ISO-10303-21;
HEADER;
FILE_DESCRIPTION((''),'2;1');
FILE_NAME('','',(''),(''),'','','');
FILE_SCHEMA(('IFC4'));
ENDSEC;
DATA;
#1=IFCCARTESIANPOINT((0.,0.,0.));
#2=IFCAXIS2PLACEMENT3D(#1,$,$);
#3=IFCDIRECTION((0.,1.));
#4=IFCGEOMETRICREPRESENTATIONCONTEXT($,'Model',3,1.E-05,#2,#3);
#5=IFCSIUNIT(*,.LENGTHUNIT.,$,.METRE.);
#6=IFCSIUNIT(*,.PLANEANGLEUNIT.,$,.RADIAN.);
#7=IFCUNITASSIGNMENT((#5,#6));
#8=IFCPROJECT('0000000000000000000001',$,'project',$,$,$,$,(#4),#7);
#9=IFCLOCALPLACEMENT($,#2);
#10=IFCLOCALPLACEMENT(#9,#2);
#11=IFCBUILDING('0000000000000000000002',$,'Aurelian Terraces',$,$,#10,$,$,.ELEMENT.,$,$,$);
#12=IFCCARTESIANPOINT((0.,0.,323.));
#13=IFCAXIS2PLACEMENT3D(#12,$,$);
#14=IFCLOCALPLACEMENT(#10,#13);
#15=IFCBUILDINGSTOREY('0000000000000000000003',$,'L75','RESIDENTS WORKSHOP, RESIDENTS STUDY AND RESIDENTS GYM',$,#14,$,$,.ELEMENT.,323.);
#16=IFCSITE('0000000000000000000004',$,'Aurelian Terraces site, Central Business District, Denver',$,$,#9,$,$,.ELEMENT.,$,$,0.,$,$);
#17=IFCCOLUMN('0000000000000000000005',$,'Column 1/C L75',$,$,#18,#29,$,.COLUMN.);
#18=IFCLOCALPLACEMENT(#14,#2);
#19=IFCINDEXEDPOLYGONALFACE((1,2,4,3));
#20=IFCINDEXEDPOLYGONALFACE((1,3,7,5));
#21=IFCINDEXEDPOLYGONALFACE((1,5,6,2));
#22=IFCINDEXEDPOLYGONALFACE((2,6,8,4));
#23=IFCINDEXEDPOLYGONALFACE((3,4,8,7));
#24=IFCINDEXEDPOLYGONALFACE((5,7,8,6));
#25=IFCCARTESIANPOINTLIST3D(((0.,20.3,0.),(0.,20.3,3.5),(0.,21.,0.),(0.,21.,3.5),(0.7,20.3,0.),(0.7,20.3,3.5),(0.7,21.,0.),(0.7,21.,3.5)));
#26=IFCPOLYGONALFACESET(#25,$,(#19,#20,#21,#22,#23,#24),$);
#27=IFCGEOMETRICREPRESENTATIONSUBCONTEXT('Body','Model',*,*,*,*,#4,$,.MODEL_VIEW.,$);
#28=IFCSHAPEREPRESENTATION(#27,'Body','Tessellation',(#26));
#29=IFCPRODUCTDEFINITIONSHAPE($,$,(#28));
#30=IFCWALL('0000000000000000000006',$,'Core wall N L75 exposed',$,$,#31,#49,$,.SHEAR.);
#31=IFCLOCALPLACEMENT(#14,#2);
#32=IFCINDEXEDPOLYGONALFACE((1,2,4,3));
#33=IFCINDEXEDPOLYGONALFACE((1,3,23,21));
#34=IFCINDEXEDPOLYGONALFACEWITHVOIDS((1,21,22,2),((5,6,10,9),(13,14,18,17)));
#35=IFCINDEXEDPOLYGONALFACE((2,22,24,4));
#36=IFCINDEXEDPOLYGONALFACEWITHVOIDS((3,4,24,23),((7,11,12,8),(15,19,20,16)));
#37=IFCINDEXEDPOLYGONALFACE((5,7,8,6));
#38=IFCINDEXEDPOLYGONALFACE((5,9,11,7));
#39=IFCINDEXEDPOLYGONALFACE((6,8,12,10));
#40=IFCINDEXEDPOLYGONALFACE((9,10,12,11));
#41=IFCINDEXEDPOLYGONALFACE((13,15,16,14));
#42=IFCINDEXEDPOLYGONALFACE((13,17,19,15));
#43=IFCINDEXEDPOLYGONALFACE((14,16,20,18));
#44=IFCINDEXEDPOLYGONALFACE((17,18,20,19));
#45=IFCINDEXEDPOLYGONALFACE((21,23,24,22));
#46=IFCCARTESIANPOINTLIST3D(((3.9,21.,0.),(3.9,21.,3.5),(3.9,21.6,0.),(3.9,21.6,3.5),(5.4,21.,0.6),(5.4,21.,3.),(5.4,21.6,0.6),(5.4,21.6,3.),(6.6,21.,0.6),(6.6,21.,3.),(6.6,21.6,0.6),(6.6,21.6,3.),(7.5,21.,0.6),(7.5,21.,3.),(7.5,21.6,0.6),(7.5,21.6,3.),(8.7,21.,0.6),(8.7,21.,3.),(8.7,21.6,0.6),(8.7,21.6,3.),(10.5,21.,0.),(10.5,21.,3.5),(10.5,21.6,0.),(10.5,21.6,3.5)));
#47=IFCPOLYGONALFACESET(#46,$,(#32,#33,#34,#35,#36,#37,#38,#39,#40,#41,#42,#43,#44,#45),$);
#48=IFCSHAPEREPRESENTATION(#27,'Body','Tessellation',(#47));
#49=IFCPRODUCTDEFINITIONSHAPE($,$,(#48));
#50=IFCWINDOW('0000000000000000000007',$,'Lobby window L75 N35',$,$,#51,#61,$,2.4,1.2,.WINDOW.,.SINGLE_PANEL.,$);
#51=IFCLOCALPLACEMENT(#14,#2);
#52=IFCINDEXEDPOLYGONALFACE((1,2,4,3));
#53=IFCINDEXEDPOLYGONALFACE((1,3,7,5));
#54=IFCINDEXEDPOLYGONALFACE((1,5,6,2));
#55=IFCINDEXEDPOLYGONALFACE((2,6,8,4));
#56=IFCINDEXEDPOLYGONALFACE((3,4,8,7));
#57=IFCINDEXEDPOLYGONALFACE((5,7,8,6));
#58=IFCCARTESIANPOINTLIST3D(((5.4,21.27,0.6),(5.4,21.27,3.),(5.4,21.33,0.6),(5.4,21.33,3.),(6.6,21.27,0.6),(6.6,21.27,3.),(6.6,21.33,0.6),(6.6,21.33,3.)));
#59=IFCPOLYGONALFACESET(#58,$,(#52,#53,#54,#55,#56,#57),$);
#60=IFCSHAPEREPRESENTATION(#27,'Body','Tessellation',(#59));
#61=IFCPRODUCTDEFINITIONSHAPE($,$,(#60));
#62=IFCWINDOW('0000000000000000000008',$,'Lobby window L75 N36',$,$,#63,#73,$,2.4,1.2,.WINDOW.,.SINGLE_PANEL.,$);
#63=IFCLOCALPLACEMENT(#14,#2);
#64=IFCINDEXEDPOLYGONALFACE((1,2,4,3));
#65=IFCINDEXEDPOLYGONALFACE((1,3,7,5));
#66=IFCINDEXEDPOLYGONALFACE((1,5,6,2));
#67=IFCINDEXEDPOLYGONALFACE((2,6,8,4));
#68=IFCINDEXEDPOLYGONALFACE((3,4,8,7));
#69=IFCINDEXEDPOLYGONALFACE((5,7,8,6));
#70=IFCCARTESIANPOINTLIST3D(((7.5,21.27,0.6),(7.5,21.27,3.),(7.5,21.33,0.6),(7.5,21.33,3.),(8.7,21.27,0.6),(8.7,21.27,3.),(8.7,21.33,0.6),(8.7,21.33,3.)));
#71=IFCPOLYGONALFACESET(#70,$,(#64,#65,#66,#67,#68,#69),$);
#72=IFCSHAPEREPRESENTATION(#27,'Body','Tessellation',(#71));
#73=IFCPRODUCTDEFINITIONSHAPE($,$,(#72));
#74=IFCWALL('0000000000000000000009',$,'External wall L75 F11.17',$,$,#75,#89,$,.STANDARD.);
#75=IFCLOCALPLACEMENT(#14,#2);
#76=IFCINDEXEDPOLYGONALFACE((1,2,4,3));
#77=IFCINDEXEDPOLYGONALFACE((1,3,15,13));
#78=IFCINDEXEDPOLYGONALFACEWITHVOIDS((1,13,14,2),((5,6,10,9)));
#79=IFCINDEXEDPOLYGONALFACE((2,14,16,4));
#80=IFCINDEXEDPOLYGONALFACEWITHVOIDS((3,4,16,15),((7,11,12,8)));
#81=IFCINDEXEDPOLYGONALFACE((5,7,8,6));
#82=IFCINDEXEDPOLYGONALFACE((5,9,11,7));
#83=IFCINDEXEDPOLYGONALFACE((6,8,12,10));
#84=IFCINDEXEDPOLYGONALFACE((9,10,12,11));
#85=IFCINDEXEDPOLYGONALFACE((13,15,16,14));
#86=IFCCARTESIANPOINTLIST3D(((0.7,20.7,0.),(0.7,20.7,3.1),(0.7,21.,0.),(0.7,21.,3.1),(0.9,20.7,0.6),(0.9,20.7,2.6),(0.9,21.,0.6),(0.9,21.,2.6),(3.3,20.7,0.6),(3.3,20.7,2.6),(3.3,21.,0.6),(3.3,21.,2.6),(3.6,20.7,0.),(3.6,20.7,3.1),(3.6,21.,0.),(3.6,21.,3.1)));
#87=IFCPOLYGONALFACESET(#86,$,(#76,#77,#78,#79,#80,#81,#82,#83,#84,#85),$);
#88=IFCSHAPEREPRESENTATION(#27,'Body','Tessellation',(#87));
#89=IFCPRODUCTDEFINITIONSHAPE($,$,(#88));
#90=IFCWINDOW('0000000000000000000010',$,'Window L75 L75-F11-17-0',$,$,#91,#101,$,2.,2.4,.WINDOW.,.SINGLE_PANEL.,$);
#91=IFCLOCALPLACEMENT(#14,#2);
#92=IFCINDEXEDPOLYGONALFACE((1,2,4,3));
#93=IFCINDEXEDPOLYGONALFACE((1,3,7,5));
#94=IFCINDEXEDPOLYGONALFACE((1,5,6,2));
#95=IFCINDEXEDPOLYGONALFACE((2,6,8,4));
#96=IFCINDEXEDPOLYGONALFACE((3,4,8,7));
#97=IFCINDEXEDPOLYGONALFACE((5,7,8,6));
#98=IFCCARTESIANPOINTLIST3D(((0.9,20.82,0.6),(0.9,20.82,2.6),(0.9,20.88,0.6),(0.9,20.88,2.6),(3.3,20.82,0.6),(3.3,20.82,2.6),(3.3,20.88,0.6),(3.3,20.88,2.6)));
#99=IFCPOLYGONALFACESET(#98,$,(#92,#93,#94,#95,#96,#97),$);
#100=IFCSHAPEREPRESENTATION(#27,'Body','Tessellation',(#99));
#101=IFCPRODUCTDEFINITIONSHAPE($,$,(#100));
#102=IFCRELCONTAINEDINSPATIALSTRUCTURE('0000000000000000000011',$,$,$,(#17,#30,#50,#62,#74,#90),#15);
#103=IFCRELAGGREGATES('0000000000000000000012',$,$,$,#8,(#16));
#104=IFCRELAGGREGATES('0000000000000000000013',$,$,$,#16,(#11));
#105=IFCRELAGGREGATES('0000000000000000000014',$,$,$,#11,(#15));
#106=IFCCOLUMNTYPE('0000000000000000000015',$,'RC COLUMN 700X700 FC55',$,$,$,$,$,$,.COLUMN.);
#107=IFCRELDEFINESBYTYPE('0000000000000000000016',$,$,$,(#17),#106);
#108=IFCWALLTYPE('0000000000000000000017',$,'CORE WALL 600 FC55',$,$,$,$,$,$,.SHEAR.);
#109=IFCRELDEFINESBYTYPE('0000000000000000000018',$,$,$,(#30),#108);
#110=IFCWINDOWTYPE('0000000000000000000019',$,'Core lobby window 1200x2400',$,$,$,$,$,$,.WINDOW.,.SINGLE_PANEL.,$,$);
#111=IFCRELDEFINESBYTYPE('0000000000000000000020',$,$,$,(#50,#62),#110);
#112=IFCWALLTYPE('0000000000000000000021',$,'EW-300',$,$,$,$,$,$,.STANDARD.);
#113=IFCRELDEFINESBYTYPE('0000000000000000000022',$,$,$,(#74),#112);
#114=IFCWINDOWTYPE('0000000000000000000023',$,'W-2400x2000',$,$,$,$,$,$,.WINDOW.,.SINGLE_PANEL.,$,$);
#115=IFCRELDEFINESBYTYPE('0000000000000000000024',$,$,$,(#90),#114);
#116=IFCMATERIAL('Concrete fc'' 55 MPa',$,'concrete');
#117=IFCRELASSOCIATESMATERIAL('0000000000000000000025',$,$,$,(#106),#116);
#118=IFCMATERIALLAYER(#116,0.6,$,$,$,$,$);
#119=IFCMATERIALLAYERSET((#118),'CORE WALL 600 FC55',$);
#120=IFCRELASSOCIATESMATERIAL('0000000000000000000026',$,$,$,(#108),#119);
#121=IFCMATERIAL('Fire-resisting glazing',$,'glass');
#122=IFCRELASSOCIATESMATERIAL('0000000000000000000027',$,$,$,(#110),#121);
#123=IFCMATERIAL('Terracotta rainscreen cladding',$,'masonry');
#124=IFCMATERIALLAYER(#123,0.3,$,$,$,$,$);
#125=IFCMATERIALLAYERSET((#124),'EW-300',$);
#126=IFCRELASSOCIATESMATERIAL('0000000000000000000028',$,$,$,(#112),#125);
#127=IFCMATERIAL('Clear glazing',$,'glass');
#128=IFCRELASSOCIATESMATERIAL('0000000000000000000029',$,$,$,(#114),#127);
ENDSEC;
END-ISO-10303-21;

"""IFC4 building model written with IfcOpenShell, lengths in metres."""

from ifc_helpers import new_model, si_unit, direction, frame, frame_2d, origin, origin_2d, place, context, subcontext, project, spatial, rectangle, extrude, source, transform, mapped, material, layer, layer_set, material_profile, profile_set, type_object, element, fill, save


model = new_model("IFC4")

# Units and contexts
model_context = context("Model", 3, precision=1e-05, world=origin(), true_north=direction((0.0, 1.0)))
body_context = subcontext(model_context, "Body", "Model", "MODEL_VIEW")
ifc_project = project(units=[si_unit("LENGTHUNIT", "METRE"), si_unit("PLANEANGLEUNIT", "RADIAN")], contexts=[model_context])

# Site, building, storey
site_placement = place(None, origin())
site = spatial("IfcSite", under=ifc_project, at=site_placement, Name="Aurelian Terraces site, Central Business District, Denver", CompositionType="ELEMENT", RefElevation=0.0)
building_placement = place(site_placement, origin())
building = spatial("IfcBuilding", under=site, at=building_placement, Name="Aurelian Terraces", CompositionType="ELEMENT")
storey_placement = place(building_placement, frame((0.0, 0.0, 323.0)))
storey = spatial("IfcBuildingStorey", under=building, at=storey_placement, Name="L75", Description="RESIDENTS WORKSHOP, RESIDENTS STUDY AND RESIDENTS GYM", CompositionType="ELEMENT", Elevation=323.0)

# Column
ifc_material_1 = material(Name="Concrete fc' 55 MPa", Category="concrete")
ifc_material_profile = material_profile(ifc_material_1, rectangle(XDim=0.7, YDim=0.7, at=origin_2d()))
ifc_profile_set = profile_set([ifc_material_profile], Name="Concrete fc' 55 MPa")
column_type = type_object("IfcColumnType", Name="RC COLUMN 700X700 FC55", PredefinedType="COLUMN", material=ifc_profile_set)
shared_shape_1 = source(origin(), body_context, "Body", "SweptSolid", [
    extrude(rectangle(XDim=0.7, YDim=0.7, at=origin_2d()), origin(), (0.0, 0.0, 1.0), 3.5),
])
column_placement = place(storey_placement, frame((0.35, 20.65, 0.0), z_axis=(0.0, 0.0, 1.0), x_axis=(1.0, 0.0, 0.0)))
element("IfcColumn", 1, at=column_placement, inside=storey, type_object=column_type, Name="Column 1/C L75", PredefinedType="COLUMN", context=body_context, shape_type="MappedRepresentation", body=[
    mapped(shared_shape_1, transform((0.0, 0.0, 0.0), scale=1.0)),
])

# Wall, openings, windows
ifc_layer_1 = layer(ifc_material_1, 0.6)
ifc_layer_set_1 = layer_set([ifc_layer_1], Name="CORE WALL 600 FC55")
wall_type_1 = type_object("IfcWallType", Name="CORE WALL 600 FC55", PredefinedType="SHEAR", material=ifc_layer_set_1)
shared_shape_2 = source(origin(), body_context, "Body", "SweptSolid", [
    extrude(rectangle(XDim=6.6, YDim=0.6, at=frame_2d((3.3, 0.0))), origin(), (0.0, 0.0, 1.0), 3.5),
])
wall_1_placement = place(storey_placement, frame((3.9, 21.3, 0.0), z_axis=(0.0, 0.0, 1.0), x_axis=(1.0, 0.0, 0.0)))
wall_1 = element("IfcWall", 2, at=wall_1_placement, inside=storey, type_object=wall_type_1, Name="Core wall N L75 exposed", PredefinedType="SHEAR", context=body_context, shape_type="MappedRepresentation", body=[
    mapped(shared_shape_2, transform((0.0, 0.0, 0.0), scale=1.0)),
])
shared_shape_3 = source(origin(), body_context, "Body", "SweptSolid", [
    extrude(rectangle(XDim=1.2, YDim=2.4, at=frame_2d((0.6, 1.2))), frame((0.0, 0.31, 0.0), z_axis=(0.0, -1.0, 0.0), x_axis=(1.0, 0.0, 0.0)), (0.0, 0.0, 1.0), 0.62),
])
opening_1_placement = place(wall_1_placement, frame((1.5, 0.0, 0.6)))
opening_1 = element("IfcOpeningElement", 3, at=opening_1_placement, cuts=wall_1, PredefinedType="OPENING", context=body_context, shape_type="MappedRepresentation", body=[
    mapped(shared_shape_3, transform((0.0, 0.0, 0.0), scale=1.0)),
])
opening_2_placement = place(wall_1_placement, frame((3.6, 0.0, 0.6)))
opening_2 = element("IfcOpeningElement", 4, at=opening_2_placement, cuts=wall_1, PredefinedType="OPENING", context=body_context, shape_type="MappedRepresentation", body=[
    mapped(shared_shape_3, transform((0.0, 0.0, 0.0), scale=1.0)),
])
ifc_material_2 = material(Name="Fire-resisting glazing", Category="glass")
window_type_1 = type_object("IfcWindowType", Name="Core lobby window 1200x2400", PartitioningType="SINGLE_PANEL", PredefinedType="WINDOW", material=ifc_material_2)
shared_shape_4 = source(origin(), body_context, "Body", "SweptSolid", [
    extrude(rectangle(XDim=1.2, YDim=2.4, at=frame_2d((0.6, 1.2))), frame((0.0, 0.03, 0.0), z_axis=(0.0, -1.0, 0.0), x_axis=(1.0, 0.0, 0.0)), (0.0, 0.0, 1.0), 0.06),
])
window_1_placement = place(opening_1_placement, origin())
window_1 = element("IfcWindow", 5, at=window_1_placement, inside=storey, type_object=window_type_1, Name="Lobby window L75 N35", OverallHeight=2.4, OverallWidth=1.2, PartitioningType="SINGLE_PANEL", PredefinedType="WINDOW", context=body_context, shape_type="MappedRepresentation", body=[
    mapped(shared_shape_4, transform((0.0, 0.0, 0.0), scale=1.0)),
])
fill(opening_1, window_1)
window_2_placement = place(opening_2_placement, origin())
window_2 = element("IfcWindow", 6, at=window_2_placement, inside=storey, type_object=window_type_1, Name="Lobby window L75 N36", OverallHeight=2.4, OverallWidth=1.2, PartitioningType="SINGLE_PANEL", PredefinedType="WINDOW", context=body_context, shape_type="MappedRepresentation", body=[
    mapped(shared_shape_4, transform((0.0, 0.0, 0.0), scale=1.0)),
])
fill(opening_2, window_2)

# Wall, opening, window
ifc_material_3 = material(Name="Terracotta rainscreen cladding", Category="masonry")
ifc_layer_2 = layer(ifc_material_3, 0.3)
ifc_layer_set_2 = layer_set([ifc_layer_2], Name="EW-300")
wall_type_2 = type_object("IfcWallType", Name="EW-300", PredefinedType="STANDARD", material=ifc_layer_set_2)
shared_shape_5 = source(origin(), body_context, "Body", "SweptSolid", [
    extrude(rectangle(XDim=2.9, YDim=0.3, at=frame_2d((1.45, 0.0))), origin(), (0.0, 0.0, 1.0), 3.1),
])
wall_2_placement = place(storey_placement, frame((3.6, 20.85, 0.0), z_axis=(0.0, 0.0, 1.0), x_axis=(-1.0, 0.0, 0.0)))
wall_2 = element("IfcWall", 7, at=wall_2_placement, inside=storey, type_object=wall_type_2, Name="External wall L75 F11.17", PredefinedType="STANDARD", context=body_context, shape_type="MappedRepresentation", body=[
    mapped(shared_shape_5, transform((0.0, 0.0, 0.0), scale=1.0)),
])
shared_shape_6 = source(origin(), body_context, "Body", "SweptSolid", [
    extrude(rectangle(XDim=2.4, YDim=2.0, at=frame_2d((1.2, 1.0))), frame((0.0, 0.16, 0.0), z_axis=(0.0, -1.0, 0.0), x_axis=(1.0, 0.0, 0.0)), (0.0, 0.0, 1.0), 0.32),
])
opening_3_placement = place(wall_2_placement, frame((0.3, 0.0, 0.6)))
opening_3 = element("IfcOpeningElement", 8, at=opening_3_placement, cuts=wall_2, PredefinedType="OPENING", context=body_context, shape_type="MappedRepresentation", body=[
    mapped(shared_shape_6, transform((0.0, 0.0, 0.0), scale=1.0)),
])
ifc_material_4 = material(Name="Clear glazing", Category="glass")
window_type_2 = type_object("IfcWindowType", Name="W-2400x2000", PartitioningType="SINGLE_PANEL", PredefinedType="WINDOW", material=ifc_material_4)
shared_shape_7 = source(origin(), body_context, "Body", "SweptSolid", [
    extrude(rectangle(XDim=2.4, YDim=2.0, at=frame_2d((1.2, 1.0))), frame((0.0, 0.03, 0.0), z_axis=(0.0, -1.0, 0.0), x_axis=(1.0, 0.0, 0.0)), (0.0, 0.0, 1.0), 0.06),
])
window_3_placement = place(opening_3_placement, origin())
window_3 = element("IfcWindow", 9, at=window_3_placement, inside=storey, type_object=window_type_2, Name="Window L75 L75-F11-17-0", OverallHeight=2.0, OverallWidth=2.4, PartitioningType="SINGLE_PANEL", PredefinedType="WINDOW", context=body_context, shape_type="MappedRepresentation", body=[
    mapped(shared_shape_7, transform((0.0, 0.0, 0.0), scale=1.0)),
])
fill(opening_3, window_3)

save(model, "model.ifc")
